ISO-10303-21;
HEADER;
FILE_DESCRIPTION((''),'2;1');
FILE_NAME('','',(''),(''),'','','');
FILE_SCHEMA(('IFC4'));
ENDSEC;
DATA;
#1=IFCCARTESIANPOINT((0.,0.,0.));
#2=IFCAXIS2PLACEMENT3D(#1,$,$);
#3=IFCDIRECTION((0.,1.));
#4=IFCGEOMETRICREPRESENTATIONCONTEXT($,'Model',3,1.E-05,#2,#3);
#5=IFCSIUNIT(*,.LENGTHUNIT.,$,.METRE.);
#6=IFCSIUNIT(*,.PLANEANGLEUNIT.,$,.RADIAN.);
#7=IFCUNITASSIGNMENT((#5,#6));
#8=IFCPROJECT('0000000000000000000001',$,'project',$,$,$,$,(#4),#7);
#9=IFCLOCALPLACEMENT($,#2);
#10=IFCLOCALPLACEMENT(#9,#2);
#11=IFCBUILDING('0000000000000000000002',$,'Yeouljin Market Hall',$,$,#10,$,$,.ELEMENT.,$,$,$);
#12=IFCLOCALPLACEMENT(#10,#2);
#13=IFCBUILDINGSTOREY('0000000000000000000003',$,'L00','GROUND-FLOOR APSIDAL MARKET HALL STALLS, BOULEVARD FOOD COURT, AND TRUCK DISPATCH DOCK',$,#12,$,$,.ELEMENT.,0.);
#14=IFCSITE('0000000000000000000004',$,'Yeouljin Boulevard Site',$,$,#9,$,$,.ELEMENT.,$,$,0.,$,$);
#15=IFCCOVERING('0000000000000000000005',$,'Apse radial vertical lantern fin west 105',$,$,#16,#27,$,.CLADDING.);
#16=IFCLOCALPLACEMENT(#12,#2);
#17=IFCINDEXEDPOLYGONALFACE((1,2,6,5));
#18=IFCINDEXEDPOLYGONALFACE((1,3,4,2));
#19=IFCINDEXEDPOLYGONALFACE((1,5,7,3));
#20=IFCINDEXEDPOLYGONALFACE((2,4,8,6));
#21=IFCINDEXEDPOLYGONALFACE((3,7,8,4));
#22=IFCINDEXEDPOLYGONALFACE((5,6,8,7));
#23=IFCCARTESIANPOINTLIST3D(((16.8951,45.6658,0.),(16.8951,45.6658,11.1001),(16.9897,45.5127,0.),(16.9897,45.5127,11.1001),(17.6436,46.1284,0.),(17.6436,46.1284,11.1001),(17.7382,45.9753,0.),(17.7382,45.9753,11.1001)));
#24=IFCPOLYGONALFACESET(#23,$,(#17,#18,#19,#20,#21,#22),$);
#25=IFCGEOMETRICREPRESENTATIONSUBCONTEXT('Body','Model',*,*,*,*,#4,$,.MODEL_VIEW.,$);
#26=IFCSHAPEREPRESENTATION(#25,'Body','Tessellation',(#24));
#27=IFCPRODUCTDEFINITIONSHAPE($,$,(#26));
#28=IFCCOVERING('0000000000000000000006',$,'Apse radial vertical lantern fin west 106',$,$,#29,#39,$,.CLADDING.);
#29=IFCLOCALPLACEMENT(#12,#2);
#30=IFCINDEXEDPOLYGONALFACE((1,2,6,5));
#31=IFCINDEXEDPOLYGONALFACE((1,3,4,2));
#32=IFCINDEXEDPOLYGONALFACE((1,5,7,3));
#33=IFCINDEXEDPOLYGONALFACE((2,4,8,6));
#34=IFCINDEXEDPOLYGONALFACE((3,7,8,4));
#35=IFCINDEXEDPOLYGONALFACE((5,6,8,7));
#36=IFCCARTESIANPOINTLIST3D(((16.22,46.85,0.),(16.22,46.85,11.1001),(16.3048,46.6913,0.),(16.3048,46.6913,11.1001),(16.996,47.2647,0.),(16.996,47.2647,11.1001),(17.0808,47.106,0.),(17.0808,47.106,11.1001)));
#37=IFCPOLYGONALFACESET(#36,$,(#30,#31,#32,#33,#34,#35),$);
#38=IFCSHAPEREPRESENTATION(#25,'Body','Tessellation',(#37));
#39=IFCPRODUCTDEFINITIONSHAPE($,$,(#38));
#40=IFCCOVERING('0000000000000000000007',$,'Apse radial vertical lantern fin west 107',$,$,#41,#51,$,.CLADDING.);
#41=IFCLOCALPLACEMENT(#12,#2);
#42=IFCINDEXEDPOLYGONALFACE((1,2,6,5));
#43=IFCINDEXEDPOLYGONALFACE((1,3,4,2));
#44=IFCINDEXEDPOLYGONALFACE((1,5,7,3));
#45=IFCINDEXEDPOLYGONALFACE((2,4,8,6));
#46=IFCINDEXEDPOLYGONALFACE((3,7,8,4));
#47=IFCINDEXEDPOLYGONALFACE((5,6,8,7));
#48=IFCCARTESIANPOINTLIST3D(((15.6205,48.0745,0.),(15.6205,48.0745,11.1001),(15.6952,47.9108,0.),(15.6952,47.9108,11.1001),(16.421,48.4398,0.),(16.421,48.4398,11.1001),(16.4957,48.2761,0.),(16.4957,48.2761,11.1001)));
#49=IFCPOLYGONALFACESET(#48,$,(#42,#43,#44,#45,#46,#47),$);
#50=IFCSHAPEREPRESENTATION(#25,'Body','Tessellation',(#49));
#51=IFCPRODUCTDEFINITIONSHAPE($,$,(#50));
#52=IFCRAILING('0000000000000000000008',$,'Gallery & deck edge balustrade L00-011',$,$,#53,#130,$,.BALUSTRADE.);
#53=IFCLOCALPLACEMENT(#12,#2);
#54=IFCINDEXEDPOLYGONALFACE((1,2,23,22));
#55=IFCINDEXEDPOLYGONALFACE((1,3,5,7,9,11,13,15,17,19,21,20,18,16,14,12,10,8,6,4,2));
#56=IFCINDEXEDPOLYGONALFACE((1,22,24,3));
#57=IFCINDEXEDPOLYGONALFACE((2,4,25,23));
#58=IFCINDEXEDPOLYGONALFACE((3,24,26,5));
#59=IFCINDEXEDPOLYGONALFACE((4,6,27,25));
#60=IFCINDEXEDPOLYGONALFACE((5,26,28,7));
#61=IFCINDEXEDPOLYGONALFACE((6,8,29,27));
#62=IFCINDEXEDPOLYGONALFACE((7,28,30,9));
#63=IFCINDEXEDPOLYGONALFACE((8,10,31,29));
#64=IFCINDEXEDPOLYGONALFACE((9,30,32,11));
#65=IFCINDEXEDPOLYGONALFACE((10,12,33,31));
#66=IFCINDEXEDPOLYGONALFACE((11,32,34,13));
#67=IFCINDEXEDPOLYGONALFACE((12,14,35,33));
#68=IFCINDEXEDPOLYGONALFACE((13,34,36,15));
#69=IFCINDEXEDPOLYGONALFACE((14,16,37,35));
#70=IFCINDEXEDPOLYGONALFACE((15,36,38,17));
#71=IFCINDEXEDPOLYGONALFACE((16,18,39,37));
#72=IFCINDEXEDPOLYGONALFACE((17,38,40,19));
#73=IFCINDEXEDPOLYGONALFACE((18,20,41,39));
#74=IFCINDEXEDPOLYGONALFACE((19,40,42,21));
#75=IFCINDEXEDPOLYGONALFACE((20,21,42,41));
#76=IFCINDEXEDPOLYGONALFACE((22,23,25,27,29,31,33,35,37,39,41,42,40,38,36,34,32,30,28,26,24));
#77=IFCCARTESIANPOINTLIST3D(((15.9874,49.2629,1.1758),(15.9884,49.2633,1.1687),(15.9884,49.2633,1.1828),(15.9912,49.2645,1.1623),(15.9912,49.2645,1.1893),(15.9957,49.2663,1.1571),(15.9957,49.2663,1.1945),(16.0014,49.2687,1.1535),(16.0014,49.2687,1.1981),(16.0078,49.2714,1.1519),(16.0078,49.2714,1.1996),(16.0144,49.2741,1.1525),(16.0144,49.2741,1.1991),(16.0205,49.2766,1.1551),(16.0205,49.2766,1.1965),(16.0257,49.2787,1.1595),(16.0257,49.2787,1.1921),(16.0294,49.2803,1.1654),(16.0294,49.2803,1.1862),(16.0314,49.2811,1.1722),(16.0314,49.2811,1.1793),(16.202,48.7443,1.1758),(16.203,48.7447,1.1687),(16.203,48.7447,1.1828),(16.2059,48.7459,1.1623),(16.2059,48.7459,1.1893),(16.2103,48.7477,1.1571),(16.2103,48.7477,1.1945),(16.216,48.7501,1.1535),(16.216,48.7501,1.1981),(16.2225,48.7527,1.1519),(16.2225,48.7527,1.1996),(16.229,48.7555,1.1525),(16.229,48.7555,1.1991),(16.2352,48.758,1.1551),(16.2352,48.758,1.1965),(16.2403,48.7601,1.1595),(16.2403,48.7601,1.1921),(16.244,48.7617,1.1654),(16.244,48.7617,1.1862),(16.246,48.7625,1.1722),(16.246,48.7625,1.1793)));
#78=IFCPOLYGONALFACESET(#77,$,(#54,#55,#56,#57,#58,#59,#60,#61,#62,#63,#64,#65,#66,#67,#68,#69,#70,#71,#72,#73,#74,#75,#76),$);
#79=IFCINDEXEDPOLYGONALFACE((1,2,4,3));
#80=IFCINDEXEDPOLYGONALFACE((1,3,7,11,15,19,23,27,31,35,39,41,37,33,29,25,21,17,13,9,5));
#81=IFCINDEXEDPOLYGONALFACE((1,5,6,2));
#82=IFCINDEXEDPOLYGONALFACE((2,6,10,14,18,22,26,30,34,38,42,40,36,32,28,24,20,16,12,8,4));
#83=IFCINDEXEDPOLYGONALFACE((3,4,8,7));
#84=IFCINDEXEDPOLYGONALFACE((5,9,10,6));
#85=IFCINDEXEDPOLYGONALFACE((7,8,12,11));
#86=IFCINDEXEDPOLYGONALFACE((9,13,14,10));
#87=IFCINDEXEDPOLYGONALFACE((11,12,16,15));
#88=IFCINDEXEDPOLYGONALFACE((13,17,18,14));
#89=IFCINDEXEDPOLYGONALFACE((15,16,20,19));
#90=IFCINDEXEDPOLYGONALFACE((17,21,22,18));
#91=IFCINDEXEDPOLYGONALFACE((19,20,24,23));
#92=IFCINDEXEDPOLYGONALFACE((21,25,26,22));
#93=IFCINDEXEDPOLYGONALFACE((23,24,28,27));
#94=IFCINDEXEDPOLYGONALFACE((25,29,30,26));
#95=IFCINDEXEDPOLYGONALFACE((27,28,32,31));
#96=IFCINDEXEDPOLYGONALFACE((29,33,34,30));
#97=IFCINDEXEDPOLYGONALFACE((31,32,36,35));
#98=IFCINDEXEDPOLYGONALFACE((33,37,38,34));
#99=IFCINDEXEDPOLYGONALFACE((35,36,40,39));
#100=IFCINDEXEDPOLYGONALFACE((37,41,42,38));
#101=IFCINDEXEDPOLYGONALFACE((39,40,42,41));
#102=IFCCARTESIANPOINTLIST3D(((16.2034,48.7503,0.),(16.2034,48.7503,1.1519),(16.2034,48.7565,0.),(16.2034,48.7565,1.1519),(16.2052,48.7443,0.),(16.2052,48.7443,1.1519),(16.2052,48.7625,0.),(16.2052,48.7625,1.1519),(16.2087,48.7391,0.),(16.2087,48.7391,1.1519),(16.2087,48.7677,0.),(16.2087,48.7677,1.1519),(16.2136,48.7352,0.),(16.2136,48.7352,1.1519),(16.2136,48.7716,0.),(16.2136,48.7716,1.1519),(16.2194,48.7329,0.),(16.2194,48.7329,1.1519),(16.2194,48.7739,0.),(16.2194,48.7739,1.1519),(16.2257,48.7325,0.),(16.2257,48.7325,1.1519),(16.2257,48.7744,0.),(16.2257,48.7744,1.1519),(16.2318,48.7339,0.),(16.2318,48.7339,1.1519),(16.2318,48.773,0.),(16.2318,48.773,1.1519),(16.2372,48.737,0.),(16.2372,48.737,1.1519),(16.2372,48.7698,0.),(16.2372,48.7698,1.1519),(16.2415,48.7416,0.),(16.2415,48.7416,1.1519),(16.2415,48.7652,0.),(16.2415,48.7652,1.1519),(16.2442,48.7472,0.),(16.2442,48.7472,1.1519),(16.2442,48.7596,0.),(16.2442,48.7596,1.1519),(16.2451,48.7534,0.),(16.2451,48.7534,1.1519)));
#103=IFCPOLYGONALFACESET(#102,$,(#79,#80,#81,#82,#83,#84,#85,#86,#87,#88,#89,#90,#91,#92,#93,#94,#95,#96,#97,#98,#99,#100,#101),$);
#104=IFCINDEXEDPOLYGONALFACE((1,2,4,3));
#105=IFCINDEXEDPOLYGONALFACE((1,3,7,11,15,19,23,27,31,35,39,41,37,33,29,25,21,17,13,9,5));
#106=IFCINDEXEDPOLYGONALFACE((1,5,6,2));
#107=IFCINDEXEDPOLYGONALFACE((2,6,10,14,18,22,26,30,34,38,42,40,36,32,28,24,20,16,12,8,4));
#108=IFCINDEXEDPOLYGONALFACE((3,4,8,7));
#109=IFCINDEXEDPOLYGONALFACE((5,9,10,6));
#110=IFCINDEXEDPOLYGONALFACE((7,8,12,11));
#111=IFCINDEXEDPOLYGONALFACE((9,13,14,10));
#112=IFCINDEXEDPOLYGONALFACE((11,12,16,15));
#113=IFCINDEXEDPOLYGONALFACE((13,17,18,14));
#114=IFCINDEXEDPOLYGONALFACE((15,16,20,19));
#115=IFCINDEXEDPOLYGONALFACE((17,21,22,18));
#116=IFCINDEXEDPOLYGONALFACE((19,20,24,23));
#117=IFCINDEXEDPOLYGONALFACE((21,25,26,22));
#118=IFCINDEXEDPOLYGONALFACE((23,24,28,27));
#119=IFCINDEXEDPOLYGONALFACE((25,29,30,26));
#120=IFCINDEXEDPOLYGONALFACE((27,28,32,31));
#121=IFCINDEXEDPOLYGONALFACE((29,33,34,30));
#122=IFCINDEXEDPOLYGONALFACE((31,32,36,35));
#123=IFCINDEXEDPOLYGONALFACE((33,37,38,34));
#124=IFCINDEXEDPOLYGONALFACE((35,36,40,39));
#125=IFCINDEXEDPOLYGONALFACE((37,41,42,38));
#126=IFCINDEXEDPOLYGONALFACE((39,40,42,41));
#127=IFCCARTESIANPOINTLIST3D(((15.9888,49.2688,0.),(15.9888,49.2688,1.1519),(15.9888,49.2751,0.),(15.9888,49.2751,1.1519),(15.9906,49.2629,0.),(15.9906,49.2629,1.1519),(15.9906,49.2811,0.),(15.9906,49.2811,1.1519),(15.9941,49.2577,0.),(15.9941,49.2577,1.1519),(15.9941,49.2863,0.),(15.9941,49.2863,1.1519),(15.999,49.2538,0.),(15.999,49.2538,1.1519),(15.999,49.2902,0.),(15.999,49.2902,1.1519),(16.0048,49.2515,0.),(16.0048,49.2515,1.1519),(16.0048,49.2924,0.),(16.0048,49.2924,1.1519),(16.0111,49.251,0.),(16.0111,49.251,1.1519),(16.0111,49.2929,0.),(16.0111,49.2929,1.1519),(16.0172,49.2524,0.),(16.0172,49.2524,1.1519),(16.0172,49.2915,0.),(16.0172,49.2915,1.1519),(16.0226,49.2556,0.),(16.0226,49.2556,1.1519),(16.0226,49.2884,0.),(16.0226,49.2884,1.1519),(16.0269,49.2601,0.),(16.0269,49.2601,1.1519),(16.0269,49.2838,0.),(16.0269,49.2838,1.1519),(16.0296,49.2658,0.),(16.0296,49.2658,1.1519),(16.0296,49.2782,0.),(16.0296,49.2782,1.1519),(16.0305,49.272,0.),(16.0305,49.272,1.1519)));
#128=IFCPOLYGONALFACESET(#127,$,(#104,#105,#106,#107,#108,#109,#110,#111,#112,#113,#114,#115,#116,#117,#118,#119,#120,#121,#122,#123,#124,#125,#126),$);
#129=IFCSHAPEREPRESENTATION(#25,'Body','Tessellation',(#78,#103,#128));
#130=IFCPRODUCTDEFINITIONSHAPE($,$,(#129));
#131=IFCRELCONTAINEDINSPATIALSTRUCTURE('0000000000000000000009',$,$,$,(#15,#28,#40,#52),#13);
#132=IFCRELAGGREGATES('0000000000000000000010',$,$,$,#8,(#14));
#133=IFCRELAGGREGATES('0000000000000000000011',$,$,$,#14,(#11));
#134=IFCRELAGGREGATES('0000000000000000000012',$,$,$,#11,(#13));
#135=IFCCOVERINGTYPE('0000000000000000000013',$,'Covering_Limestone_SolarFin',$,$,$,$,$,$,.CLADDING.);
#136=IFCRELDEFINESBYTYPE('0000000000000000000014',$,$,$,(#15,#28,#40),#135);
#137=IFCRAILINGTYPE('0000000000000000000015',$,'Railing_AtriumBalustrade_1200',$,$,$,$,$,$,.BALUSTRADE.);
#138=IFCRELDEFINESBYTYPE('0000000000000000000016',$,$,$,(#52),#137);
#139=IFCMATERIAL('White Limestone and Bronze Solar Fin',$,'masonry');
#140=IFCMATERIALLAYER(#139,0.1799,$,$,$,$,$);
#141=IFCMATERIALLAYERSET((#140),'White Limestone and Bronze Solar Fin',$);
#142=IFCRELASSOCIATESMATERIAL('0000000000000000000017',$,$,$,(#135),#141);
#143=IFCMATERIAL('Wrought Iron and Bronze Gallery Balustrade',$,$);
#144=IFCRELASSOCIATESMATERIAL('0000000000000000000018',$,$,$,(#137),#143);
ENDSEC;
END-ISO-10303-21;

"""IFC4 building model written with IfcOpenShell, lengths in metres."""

from ifc_helpers import new_model, si_unit, direction, frame, origin, origin_2d, place, context, subcontext, project, spatial, rectangle, circle, extrude, material, layer, layer_set, type_object, element, save


model = new_model("IFC4")

# Units and contexts
model_context = context("Model", 3, precision=1e-05, world=origin(), true_north=direction((0.0, 1.0)))
body_context = subcontext(model_context, "Body", "Model", "MODEL_VIEW")
ifc_project = project(units=[si_unit("LENGTHUNIT", "METRE"), si_unit("PLANEANGLEUNIT", "RADIAN")], contexts=[model_context])

# Site, building, storey
site_placement = place(None, origin())
site = spatial("IfcSite", under=ifc_project, at=site_placement, Name="Yeouljin Boulevard Site", CompositionType="ELEMENT", RefElevation=0.0)
building_placement = place(site_placement, origin())
building = spatial("IfcBuilding", under=site, at=building_placement, Name="Yeouljin Market Hall", CompositionType="ELEMENT")
storey_placement = place(building_placement, origin())
storey = spatial("IfcBuildingStorey", under=building, at=storey_placement, Name="L00", Description="GROUND-FLOOR APSIDAL MARKET HALL STALLS, BOULEVARD FOOD COURT, AND TRUCK DISPATCH DOCK", CompositionType="ELEMENT", Elevation=0.0)

# Coverings
ifc_material_1 = material(Name="White Limestone and Bronze Solar Fin", Category="masonry")
ifc_layer_1 = layer(ifc_material_1, 0.1799)
ifc_layer_set_1 = layer_set([ifc_layer_1], Name="White Limestone and Bronze Solar Fin")
covering_type = type_object("IfcCoveringType", Name="Covering_Limestone_SolarFin", PredefinedType="CLADDING", material=ifc_layer_set_1)
for number, where, z_axis, x_axis, name in (
    (1, (17.3167, 45.8206, 0.0), (0.0, 0.0, 1.0), (-0.850628, -0.525769, 0.0), "Apse radial vertical lantern fin west 105"),
    (2, (16.6504, 46.978, 0.0), (0.0, 0.0, 1.0), (-0.881962, -0.47132, 0.0), "Apse radial vertical lantern fin west 106"),
    (3, (16.0581, 48.1753, 0.0), (0.0, 0.0, 1.0), (-0.909744, -0.41517, 0.0), "Apse radial vertical lantern fin west 107"),
):
    element("IfcCovering", number, at=place(storey_placement, frame(where, z_axis=z_axis, x_axis=x_axis)), inside=storey, type_object=covering_type, Name=name, PredefinedType="CLADDING", context=body_context, shape_type="SweptSolid", body=[
        extrude(rectangle(XDim=0.8799, YDim=0.1799, at=origin_2d()), origin(), (0.0, 0.0, 1.0), 11.1001),
    ])

# Railing
ifc_material_2 = material(Name="Wrought Iron and Bronze Gallery Balustrade")
railing_type = type_object("IfcRailingType", Name="Railing_AtriumBalustrade_1200", PredefinedType="BALUSTRADE", material=ifc_material_2)
railing_placement = place(storey_placement, frame((16.2241, 48.7534, 0.0)))
element("IfcRailing", 4, at=railing_placement, inside=storey, type_object=railing_type, Name="Gallery & deck edge balustrade L00-011", PredefinedType="BALUSTRADE", context=body_context, shape_type="SweptSolid", body=[
    extrude(circle(Radius=0.0239, at=origin_2d()), frame((0.0, 0.0, 1.1758), z_axis=(-0.38239, 0.924001, 0.0), x_axis=(-0.924001, -0.38239, 0.0)), (0.0, 0.0, 1.0), 0.5613),
    extrude(circle(Radius=0.021, at=origin_2d()), origin(), (0.0, 0.0, 1.0), 1.1519),
    extrude(circle(Radius=0.021, at=origin_2d()), frame((-0.2146, 0.5186, 0.0)), (0.0, 0.0, 1.0), 1.1519),
])

save(model, "model.ifc")
